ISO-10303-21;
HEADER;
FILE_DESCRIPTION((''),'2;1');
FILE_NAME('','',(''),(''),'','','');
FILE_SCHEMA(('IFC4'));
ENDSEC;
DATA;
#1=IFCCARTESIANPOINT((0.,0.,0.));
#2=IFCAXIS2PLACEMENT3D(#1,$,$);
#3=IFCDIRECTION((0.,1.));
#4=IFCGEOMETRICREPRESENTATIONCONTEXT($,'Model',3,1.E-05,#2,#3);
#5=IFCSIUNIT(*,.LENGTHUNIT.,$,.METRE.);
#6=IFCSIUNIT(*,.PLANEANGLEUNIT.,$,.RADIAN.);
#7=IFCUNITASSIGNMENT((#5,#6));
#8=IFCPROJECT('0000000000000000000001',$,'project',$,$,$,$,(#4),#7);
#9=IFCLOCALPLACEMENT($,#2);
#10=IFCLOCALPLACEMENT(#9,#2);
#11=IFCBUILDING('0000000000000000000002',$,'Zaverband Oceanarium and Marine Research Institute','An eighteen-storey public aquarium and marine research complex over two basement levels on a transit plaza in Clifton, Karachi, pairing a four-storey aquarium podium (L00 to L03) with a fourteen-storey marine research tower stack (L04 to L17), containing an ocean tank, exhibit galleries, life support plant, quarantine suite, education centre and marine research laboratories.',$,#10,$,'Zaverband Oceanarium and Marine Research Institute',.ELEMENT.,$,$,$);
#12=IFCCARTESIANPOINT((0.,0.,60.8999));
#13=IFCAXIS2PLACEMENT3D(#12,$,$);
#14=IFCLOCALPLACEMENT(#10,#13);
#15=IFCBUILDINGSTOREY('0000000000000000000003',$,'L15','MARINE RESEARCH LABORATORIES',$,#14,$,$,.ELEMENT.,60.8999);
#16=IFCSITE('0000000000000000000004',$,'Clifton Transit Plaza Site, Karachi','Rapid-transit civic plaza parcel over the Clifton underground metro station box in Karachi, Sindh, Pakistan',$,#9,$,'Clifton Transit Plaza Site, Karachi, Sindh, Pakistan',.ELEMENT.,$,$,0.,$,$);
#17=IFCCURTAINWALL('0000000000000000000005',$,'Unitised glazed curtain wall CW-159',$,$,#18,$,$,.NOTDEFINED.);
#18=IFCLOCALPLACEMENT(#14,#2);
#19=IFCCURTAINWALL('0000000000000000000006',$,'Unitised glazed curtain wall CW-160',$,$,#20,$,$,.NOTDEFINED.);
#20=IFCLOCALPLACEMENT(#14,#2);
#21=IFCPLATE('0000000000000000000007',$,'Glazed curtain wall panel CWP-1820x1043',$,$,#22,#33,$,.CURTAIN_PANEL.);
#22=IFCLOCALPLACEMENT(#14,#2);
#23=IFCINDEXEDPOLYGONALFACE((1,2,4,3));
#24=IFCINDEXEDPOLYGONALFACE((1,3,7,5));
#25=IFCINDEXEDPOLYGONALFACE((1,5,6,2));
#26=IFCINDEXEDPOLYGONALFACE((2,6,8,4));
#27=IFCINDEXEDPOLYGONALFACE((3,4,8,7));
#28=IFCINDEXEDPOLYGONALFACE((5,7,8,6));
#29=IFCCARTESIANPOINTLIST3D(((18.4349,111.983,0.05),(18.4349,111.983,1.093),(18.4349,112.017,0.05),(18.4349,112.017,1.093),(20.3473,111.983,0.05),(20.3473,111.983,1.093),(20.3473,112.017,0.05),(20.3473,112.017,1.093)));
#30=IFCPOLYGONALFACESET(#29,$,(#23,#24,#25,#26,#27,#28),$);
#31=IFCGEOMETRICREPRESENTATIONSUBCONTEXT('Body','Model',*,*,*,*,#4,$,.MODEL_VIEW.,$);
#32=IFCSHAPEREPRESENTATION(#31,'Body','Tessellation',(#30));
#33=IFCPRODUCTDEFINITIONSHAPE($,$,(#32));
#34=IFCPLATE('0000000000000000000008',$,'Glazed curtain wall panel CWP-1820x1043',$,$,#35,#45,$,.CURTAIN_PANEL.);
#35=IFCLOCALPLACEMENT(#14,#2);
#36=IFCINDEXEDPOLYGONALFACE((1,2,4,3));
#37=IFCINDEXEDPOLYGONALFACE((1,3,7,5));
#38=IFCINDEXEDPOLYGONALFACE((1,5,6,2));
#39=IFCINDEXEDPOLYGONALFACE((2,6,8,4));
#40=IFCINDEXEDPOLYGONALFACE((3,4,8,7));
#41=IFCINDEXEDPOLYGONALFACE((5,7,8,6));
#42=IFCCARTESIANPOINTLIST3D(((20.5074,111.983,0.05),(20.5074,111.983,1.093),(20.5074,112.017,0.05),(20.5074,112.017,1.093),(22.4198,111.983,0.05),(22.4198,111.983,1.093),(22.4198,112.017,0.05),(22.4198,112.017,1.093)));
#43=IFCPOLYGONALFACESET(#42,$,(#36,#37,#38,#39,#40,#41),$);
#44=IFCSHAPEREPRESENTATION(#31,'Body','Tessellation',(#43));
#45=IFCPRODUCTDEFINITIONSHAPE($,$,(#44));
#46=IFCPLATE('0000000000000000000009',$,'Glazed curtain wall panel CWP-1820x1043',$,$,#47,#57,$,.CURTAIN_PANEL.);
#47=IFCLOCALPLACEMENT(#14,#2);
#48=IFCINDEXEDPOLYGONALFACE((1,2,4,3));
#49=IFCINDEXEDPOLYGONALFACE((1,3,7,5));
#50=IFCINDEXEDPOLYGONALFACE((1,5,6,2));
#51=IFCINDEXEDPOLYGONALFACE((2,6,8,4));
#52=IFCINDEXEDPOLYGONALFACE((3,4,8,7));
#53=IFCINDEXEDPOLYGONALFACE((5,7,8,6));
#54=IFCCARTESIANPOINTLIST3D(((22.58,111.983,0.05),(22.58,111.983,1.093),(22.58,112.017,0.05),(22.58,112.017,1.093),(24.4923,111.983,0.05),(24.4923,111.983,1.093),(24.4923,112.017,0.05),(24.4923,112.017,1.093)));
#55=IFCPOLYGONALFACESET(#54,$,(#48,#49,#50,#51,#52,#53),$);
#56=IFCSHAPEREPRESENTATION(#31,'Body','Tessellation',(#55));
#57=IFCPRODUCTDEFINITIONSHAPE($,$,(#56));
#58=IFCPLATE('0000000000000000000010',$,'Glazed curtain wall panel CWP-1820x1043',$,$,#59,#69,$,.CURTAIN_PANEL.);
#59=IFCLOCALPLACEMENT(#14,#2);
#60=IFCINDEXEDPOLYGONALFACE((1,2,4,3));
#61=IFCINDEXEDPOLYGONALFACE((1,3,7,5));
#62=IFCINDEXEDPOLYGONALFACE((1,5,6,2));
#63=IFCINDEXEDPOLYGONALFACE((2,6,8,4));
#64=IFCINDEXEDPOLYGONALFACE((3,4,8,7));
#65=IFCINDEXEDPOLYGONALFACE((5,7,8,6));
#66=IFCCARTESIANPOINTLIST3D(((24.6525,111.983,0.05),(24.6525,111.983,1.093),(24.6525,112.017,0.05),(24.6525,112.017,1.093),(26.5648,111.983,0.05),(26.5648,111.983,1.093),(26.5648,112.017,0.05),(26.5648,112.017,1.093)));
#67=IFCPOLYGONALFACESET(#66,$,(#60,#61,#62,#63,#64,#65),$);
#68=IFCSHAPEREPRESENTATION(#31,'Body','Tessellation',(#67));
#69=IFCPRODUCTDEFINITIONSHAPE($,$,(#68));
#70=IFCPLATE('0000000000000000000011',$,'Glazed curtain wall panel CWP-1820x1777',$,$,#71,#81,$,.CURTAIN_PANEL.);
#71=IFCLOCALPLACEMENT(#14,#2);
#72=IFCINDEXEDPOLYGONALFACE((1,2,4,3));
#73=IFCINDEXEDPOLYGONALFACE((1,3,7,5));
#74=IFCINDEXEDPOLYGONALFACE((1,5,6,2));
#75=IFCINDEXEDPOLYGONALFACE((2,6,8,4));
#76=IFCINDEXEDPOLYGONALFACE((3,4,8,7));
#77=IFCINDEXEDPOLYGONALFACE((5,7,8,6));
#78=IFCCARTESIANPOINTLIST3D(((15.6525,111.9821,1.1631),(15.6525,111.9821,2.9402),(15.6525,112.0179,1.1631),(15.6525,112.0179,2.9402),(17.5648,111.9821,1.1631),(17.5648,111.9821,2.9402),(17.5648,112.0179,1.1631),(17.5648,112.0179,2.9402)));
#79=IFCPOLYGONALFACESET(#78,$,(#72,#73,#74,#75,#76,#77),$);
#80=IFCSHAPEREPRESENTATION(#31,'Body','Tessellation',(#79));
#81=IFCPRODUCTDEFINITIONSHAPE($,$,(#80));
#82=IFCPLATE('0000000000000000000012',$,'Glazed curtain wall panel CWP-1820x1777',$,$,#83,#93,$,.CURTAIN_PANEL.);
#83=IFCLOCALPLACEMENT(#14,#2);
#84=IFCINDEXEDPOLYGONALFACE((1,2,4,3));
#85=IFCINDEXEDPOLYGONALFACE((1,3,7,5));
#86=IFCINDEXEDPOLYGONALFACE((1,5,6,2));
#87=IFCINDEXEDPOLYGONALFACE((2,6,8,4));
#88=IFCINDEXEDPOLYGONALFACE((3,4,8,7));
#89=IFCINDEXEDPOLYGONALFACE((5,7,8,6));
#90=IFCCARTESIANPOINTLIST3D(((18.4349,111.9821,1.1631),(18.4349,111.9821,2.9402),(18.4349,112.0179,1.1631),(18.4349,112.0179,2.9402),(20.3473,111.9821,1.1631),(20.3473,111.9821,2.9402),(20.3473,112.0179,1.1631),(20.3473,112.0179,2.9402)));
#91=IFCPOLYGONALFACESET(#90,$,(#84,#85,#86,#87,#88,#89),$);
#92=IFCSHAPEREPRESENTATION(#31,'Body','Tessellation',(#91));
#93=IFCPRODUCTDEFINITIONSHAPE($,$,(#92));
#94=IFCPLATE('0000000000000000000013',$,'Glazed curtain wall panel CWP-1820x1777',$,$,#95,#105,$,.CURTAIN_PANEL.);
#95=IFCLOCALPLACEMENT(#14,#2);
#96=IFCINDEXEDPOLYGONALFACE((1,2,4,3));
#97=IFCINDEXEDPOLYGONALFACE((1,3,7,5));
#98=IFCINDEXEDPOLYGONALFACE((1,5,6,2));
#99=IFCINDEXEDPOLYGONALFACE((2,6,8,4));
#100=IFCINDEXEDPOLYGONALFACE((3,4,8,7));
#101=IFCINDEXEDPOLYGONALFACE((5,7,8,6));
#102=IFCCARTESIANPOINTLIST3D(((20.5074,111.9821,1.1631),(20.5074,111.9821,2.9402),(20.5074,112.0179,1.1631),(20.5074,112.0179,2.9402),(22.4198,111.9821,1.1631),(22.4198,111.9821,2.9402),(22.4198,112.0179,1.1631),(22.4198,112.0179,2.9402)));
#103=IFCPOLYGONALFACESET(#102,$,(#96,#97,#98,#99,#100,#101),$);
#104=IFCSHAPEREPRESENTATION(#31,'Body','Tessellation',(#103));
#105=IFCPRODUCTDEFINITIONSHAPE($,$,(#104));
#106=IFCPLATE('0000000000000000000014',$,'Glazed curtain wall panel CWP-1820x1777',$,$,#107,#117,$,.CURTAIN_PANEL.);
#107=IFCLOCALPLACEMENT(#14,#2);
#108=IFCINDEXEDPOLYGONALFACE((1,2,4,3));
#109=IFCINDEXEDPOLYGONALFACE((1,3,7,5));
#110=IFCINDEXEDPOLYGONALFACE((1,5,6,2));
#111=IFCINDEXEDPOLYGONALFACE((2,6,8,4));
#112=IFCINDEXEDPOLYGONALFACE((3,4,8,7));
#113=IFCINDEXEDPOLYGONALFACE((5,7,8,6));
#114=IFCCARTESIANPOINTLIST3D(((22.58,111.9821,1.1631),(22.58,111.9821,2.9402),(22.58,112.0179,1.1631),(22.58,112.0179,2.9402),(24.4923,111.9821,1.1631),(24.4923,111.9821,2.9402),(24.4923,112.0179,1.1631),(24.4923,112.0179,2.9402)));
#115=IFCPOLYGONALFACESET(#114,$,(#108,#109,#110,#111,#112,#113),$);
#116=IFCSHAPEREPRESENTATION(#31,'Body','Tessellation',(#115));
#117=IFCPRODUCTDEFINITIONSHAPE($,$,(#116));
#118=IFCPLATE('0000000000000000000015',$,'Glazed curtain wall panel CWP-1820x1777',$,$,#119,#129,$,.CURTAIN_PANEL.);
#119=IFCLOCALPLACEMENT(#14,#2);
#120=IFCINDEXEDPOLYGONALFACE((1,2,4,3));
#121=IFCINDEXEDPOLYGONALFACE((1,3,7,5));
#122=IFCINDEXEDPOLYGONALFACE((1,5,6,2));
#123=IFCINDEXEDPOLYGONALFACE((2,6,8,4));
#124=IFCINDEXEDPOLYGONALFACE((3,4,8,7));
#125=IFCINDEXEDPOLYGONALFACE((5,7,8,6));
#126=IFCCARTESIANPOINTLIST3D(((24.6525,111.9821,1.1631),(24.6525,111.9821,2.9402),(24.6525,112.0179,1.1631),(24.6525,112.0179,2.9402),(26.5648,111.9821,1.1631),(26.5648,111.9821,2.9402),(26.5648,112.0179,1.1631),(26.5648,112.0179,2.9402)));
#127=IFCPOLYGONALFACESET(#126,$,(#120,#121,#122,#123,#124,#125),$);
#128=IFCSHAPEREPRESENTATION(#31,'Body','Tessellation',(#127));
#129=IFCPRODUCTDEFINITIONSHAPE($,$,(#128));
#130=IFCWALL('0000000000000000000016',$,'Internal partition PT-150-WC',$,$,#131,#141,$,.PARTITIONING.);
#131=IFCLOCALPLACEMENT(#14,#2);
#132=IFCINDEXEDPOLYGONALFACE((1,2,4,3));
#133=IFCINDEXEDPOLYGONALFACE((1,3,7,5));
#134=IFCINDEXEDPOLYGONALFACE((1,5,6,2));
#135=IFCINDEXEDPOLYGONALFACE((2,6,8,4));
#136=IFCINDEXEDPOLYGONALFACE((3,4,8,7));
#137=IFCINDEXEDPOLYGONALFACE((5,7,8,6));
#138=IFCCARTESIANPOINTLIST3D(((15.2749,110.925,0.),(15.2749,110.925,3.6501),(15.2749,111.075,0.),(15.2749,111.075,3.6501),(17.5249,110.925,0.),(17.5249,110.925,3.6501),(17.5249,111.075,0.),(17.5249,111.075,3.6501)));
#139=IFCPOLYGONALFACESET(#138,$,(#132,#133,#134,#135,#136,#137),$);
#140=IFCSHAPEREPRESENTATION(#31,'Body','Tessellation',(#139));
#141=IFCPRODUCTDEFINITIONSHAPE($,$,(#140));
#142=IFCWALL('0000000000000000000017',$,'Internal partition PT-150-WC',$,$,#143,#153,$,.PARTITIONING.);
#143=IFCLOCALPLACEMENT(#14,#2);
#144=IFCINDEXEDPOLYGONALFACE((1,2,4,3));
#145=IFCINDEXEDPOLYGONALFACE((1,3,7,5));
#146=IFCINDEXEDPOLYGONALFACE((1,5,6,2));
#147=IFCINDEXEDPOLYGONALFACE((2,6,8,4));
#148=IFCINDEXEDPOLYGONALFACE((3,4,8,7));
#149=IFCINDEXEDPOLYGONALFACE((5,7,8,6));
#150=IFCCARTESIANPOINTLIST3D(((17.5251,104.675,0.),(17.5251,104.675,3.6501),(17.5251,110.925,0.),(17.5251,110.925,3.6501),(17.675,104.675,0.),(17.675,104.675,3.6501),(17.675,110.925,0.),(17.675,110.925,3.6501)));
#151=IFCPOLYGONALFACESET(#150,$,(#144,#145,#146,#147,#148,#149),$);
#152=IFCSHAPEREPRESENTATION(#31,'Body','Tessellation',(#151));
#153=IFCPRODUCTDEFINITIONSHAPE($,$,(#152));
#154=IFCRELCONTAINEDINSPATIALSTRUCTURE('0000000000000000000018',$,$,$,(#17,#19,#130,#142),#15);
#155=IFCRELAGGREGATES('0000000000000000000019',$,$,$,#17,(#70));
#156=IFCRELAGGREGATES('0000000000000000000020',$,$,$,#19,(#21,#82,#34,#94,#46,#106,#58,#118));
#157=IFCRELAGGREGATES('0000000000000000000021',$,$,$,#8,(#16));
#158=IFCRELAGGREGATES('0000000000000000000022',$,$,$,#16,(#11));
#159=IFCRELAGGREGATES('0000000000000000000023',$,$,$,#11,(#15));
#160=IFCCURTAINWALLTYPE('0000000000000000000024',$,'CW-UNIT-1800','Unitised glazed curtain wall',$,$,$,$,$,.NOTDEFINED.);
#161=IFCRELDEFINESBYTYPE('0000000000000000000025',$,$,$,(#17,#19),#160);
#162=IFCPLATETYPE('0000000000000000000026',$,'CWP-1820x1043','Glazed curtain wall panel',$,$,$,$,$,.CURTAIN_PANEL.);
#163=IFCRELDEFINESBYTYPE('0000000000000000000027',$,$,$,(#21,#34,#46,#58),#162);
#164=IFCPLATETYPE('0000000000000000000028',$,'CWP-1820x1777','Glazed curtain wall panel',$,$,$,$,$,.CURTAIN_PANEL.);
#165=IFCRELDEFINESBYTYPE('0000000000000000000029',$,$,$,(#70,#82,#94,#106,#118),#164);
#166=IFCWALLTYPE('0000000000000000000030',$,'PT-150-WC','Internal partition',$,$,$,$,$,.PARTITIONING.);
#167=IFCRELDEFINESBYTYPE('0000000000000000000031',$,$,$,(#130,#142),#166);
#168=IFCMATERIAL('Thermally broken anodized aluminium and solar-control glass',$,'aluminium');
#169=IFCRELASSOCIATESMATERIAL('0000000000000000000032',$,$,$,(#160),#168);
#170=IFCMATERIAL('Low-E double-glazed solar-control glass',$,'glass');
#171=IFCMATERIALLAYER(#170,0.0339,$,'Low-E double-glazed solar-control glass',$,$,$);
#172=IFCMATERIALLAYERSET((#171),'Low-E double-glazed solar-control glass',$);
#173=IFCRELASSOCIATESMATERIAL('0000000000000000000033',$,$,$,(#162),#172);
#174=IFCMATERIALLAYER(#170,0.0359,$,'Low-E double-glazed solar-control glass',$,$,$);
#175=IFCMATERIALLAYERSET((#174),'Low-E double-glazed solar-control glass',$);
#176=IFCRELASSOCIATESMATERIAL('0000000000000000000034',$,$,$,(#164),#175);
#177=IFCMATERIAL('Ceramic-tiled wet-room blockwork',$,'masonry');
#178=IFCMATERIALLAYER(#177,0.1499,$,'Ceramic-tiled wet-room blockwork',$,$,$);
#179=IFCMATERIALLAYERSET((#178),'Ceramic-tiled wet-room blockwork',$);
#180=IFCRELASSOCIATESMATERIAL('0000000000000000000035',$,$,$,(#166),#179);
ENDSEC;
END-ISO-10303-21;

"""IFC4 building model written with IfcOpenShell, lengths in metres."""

from ifc_helpers import new_model, si_unit, direction, frame, frame_2d, origin, place, context, subcontext, project, spatial, rectangle, extrude, material, layer, layer_set, type_object, element, aggregate, save


model = new_model("IFC4")

# Units and contexts
model_context = context("Model", 3, precision=1e-05, world=origin(), true_north=direction((0.0, 1.0)))
body_context = subcontext(model_context, "Body", "Model", "MODEL_VIEW")
ifc_project = project(units=[si_unit("LENGTHUNIT", "METRE"), si_unit("PLANEANGLEUNIT", "RADIAN")], contexts=[model_context])

# Site, building, storey
site_placement = place(None, origin())
site = spatial("IfcSite", under=ifc_project, at=site_placement, Name="Clifton Transit Plaza Site, Karachi", Description="Rapid-transit civic plaza parcel over the Clifton underground metro station box in Karachi, Sindh, Pakistan", LongName="Clifton Transit Plaza Site, Karachi, Sindh, Pakistan", CompositionType="ELEMENT", RefElevation=0.0)
building_placement = place(site_placement, origin())
building = spatial("IfcBuilding", under=site, at=building_placement, Name="Zaverband Oceanarium and Marine Research Institute", Description="An eighteen-storey public aquarium and marine research complex over two basement levels on a transit plaza in Clifton, Karachi, pairing a four-storey aquarium podium (L00 to L03) with a fourteen-storey marine research tower stack (L04 to L17), containing an ocean tank, exhibit galleries, life support plant, quarantine suite, education centre and marine research laboratories.", LongName="Zaverband Oceanarium and Marine Research Institute", CompositionType="ELEMENT")
storey_placement = place(building_placement, frame((0.0, 0.0, 60.8999)))
storey = spatial("IfcBuildingStorey", under=building, at=storey_placement, Name="L15", Description="MARINE RESEARCH LABORATORIES", CompositionType="ELEMENT", Elevation=60.8999)

# Curtain walls
ifc_material_1 = material(Name="Thermally broken anodized aluminium and solar-control glass", Category="aluminium")
curtain_wall_type = type_object("IfcCurtainWallType", Name="CW-UNIT-1800", Description="Unitised glazed curtain wall", PredefinedType="NOTDEFINED", material=ifc_material_1)
curtain_wall_1_placement = place(storey_placement, origin())
curtain_wall_1 = element("IfcCurtainWall", 1, at=curtain_wall_1_placement, inside=storey, type_object=curtain_wall_type, Name="Unitised glazed curtain wall CW-159", PredefinedType="NOTDEFINED")
curtain_wall_2_placement = place(storey_placement, origin())
curtain_wall_2 = element("IfcCurtainWall", 2, at=curtain_wall_2_placement, inside=storey, type_object=curtain_wall_type, Name="Unitised glazed curtain wall CW-160", PredefinedType="NOTDEFINED")

# Plates
ifc_material_2 = material(Name="Low-E double-glazed solar-control glass", Category="glass")
ifc_layer_1 = layer(ifc_material_2, 0.0339, Name="Low-E double-glazed solar-control glass")
ifc_layer_set_1 = layer_set([ifc_layer_1], Name="Low-E double-glazed solar-control glass")
plate_type_1 = type_object("IfcPlateType", Name="CWP-1820x1043", Description="Glazed curtain wall panel", PredefinedType="CURTAIN_PANEL", material=ifc_layer_set_1)
plate_1_placement = place(storey_placement, frame((18.4351, 112.0, 0.05), z_axis=(0.0, 0.0, 1.0), x_axis=(1.0, 0.0, 0.0)))
plate_1 = element("IfcPlate", 3, at=plate_1_placement, type_object=plate_type_1, Name="Glazed curtain wall panel CWP-1820x1043", PredefinedType="CURTAIN_PANEL", context=body_context, shape_type="SweptSolid", body=[
    extrude(rectangle(XDim=1.9124, YDim=0.0339, at=frame_2d((0.9561, 0.0))), origin(), (0.0, 0.0, 1.0), 1.043),
])
plate_2_placement = place(storey_placement, frame((20.5076, 112.0, 0.05), z_axis=(0.0, 0.0, 1.0), x_axis=(1.0, 0.0, 0.0)))
plate_2 = element("IfcPlate", 4, at=plate_2_placement, type_object=plate_type_1, Name="Glazed curtain wall panel CWP-1820x1043", PredefinedType="CURTAIN_PANEL", context=body_context, shape_type="SweptSolid", body=[
    extrude(rectangle(XDim=1.9124, YDim=0.0339, at=frame_2d((0.9561, 0.0))), origin(), (0.0, 0.0, 1.0), 1.043),
])
plate_3_placement = place(storey_placement, frame((22.5801, 112.0, 0.05), z_axis=(0.0, 0.0, 1.0), x_axis=(1.0, 0.0, 0.0)))
plate_3 = element("IfcPlate", 5, at=plate_3_placement, type_object=plate_type_1, Name="Glazed curtain wall panel CWP-1820x1043", PredefinedType="CURTAIN_PANEL", context=body_context, shape_type="SweptSolid", body=[
    extrude(rectangle(XDim=1.9124, YDim=0.0339, at=frame_2d((0.9561, 0.0))), origin(), (0.0, 0.0, 1.0), 1.043),
])
plate_4_placement = place(storey_placement, frame((24.6526, 112.0, 0.05), z_axis=(0.0, 0.0, 1.0), x_axis=(1.0, 0.0, 0.0)))
plate_4 = element("IfcPlate", 6, at=plate_4_placement, type_object=plate_type_1, Name="Glazed curtain wall panel CWP-1820x1043", PredefinedType="CURTAIN_PANEL", context=body_context, shape_type="SweptSolid", body=[
    extrude(rectangle(XDim=1.9124, YDim=0.0339, at=frame_2d((0.9561, 0.0))), origin(), (0.0, 0.0, 1.0), 1.043),
])
ifc_layer_2 = layer(ifc_material_2, 0.0359, Name="Low-E double-glazed solar-control glass")
ifc_layer_set_2 = layer_set([ifc_layer_2], Name="Low-E double-glazed solar-control glass")
plate_type_2 = type_object("IfcPlateType", Name="CWP-1820x1777", Description="Glazed curtain wall panel", PredefinedType="CURTAIN_PANEL", material=ifc_layer_set_2)
plate_5_placement = place(storey_placement, frame((15.6526, 112.0, 1.1631), z_axis=(0.0, 0.0, 1.0), x_axis=(1.0, 0.0, 0.0)))
plate_5 = element("IfcPlate", 7, at=plate_5_placement, type_object=plate_type_2, Name="Glazed curtain wall panel CWP-1820x1777", PredefinedType="CURTAIN_PANEL", context=body_context, shape_type="SweptSolid", body=[
    extrude(rectangle(XDim=1.9124, YDim=0.0359, at=frame_2d((0.9561, 0.0))), origin(), (0.0, 0.0, 1.0), 1.7771),
])
aggregate(curtain_wall_1, [plate_5])
plate_6_placement = place(storey_placement, frame((18.4351, 112.0, 1.1631), z_axis=(0.0, 0.0, 1.0), x_axis=(1.0, 0.0, 0.0)))
plate_6 = element("IfcPlate", 8, at=plate_6_placement, type_object=plate_type_2, Name="Glazed curtain wall panel CWP-1820x1777", PredefinedType="CURTAIN_PANEL", context=body_context, shape_type="SweptSolid", body=[
    extrude(rectangle(XDim=1.9124, YDim=0.0359, at=frame_2d((0.9561, 0.0))), origin(), (0.0, 0.0, 1.0), 1.7771),
])
plate_7_placement = place(storey_placement, frame((20.5076, 112.0, 1.1631), z_axis=(0.0, 0.0, 1.0), x_axis=(1.0, 0.0, 0.0)))
plate_7 = element("IfcPlate", 9, at=plate_7_placement, type_object=plate_type_2, Name="Glazed curtain wall panel CWP-1820x1777", PredefinedType="CURTAIN_PANEL", context=body_context, shape_type="SweptSolid", body=[
    extrude(rectangle(XDim=1.9124, YDim=0.0359, at=frame_2d((0.9561, 0.0))), origin(), (0.0, 0.0, 1.0), 1.7771),
])
plate_8_placement = place(storey_placement, frame((22.5801, 112.0, 1.1631), z_axis=(0.0, 0.0, 1.0), x_axis=(1.0, 0.0, 0.0)))
plate_8 = element("IfcPlate", 10, at=plate_8_placement, type_object=plate_type_2, Name="Glazed curtain wall panel CWP-1820x1777", PredefinedType="CURTAIN_PANEL", context=body_context, shape_type="SweptSolid", body=[
    extrude(rectangle(XDim=1.9124, YDim=0.0359, at=frame_2d((0.9561, 0.0))), origin(), (0.0, 0.0, 1.0), 1.7771),
])
plate_9_placement = place(storey_placement, frame((24.6526, 112.0, 1.1631), z_axis=(0.0, 0.0, 1.0), x_axis=(1.0, 0.0, 0.0)))
plate_9 = element("IfcPlate", 11, at=plate_9_placement, type_object=plate_type_2, Name="Glazed curtain wall panel CWP-1820x1777", PredefinedType="CURTAIN_PANEL", context=body_context, shape_type="SweptSolid", body=[
    extrude(rectangle(XDim=1.9124, YDim=0.0359, at=frame_2d((0.9561, 0.0))), origin(), (0.0, 0.0, 1.0), 1.7771),
])
aggregate(curtain_wall_2, [plate_1, plate_6, plate_2, plate_7, plate_3, plate_8, plate_4, plate_9])

# Walls
ifc_material_3 = material(Name="Ceramic-tiled wet-room blockwork", Category="masonry")
ifc_layer_3 = layer(ifc_material_3, 0.1499, Name="Ceramic-tiled wet-room blockwork")
ifc_layer_set_3 = layer_set([ifc_layer_3], Name="Ceramic-tiled wet-room blockwork")
wall_type = type_object("IfcWallType", Name="PT-150-WC", Description="Internal partition", PredefinedType="PARTITIONING", material=ifc_layer_set_3)
wall_1_placement = place(storey_placement, frame((15.2749, 111.0, 0.0), z_axis=(0.0, 0.0, 1.0), x_axis=(1.0, 0.0, 0.0)))
element("IfcWall", 12, at=wall_1_placement, inside=storey, type_object=wall_type, Name="Internal partition PT-150-WC", PredefinedType="PARTITIONING", context=body_context, shape_type="SweptSolid", body=[
    extrude(rectangle(XDim=2.25, YDim=0.1499, at=frame_2d((1.125, 0.0))), origin(), (0.0, 0.0, 1.0), 3.6501),
])
wall_2_placement = place(storey_placement, frame((17.6001, 104.675, 0.0), z_axis=(0.0, 0.0, 1.0), x_axis=(0.0, 1.0, 0.0)))
element("IfcWall", 13, at=wall_2_placement, inside=storey, type_object=wall_type, Name="Internal partition PT-150-WC", PredefinedType="PARTITIONING", context=body_context, shape_type="SweptSolid", body=[
    extrude(rectangle(XDim=6.25, YDim=0.1499, at=frame_2d((3.125, 0.0))), origin(), (0.0, 0.0, 1.0), 3.6501),
])

save(model, "model.ifc")
